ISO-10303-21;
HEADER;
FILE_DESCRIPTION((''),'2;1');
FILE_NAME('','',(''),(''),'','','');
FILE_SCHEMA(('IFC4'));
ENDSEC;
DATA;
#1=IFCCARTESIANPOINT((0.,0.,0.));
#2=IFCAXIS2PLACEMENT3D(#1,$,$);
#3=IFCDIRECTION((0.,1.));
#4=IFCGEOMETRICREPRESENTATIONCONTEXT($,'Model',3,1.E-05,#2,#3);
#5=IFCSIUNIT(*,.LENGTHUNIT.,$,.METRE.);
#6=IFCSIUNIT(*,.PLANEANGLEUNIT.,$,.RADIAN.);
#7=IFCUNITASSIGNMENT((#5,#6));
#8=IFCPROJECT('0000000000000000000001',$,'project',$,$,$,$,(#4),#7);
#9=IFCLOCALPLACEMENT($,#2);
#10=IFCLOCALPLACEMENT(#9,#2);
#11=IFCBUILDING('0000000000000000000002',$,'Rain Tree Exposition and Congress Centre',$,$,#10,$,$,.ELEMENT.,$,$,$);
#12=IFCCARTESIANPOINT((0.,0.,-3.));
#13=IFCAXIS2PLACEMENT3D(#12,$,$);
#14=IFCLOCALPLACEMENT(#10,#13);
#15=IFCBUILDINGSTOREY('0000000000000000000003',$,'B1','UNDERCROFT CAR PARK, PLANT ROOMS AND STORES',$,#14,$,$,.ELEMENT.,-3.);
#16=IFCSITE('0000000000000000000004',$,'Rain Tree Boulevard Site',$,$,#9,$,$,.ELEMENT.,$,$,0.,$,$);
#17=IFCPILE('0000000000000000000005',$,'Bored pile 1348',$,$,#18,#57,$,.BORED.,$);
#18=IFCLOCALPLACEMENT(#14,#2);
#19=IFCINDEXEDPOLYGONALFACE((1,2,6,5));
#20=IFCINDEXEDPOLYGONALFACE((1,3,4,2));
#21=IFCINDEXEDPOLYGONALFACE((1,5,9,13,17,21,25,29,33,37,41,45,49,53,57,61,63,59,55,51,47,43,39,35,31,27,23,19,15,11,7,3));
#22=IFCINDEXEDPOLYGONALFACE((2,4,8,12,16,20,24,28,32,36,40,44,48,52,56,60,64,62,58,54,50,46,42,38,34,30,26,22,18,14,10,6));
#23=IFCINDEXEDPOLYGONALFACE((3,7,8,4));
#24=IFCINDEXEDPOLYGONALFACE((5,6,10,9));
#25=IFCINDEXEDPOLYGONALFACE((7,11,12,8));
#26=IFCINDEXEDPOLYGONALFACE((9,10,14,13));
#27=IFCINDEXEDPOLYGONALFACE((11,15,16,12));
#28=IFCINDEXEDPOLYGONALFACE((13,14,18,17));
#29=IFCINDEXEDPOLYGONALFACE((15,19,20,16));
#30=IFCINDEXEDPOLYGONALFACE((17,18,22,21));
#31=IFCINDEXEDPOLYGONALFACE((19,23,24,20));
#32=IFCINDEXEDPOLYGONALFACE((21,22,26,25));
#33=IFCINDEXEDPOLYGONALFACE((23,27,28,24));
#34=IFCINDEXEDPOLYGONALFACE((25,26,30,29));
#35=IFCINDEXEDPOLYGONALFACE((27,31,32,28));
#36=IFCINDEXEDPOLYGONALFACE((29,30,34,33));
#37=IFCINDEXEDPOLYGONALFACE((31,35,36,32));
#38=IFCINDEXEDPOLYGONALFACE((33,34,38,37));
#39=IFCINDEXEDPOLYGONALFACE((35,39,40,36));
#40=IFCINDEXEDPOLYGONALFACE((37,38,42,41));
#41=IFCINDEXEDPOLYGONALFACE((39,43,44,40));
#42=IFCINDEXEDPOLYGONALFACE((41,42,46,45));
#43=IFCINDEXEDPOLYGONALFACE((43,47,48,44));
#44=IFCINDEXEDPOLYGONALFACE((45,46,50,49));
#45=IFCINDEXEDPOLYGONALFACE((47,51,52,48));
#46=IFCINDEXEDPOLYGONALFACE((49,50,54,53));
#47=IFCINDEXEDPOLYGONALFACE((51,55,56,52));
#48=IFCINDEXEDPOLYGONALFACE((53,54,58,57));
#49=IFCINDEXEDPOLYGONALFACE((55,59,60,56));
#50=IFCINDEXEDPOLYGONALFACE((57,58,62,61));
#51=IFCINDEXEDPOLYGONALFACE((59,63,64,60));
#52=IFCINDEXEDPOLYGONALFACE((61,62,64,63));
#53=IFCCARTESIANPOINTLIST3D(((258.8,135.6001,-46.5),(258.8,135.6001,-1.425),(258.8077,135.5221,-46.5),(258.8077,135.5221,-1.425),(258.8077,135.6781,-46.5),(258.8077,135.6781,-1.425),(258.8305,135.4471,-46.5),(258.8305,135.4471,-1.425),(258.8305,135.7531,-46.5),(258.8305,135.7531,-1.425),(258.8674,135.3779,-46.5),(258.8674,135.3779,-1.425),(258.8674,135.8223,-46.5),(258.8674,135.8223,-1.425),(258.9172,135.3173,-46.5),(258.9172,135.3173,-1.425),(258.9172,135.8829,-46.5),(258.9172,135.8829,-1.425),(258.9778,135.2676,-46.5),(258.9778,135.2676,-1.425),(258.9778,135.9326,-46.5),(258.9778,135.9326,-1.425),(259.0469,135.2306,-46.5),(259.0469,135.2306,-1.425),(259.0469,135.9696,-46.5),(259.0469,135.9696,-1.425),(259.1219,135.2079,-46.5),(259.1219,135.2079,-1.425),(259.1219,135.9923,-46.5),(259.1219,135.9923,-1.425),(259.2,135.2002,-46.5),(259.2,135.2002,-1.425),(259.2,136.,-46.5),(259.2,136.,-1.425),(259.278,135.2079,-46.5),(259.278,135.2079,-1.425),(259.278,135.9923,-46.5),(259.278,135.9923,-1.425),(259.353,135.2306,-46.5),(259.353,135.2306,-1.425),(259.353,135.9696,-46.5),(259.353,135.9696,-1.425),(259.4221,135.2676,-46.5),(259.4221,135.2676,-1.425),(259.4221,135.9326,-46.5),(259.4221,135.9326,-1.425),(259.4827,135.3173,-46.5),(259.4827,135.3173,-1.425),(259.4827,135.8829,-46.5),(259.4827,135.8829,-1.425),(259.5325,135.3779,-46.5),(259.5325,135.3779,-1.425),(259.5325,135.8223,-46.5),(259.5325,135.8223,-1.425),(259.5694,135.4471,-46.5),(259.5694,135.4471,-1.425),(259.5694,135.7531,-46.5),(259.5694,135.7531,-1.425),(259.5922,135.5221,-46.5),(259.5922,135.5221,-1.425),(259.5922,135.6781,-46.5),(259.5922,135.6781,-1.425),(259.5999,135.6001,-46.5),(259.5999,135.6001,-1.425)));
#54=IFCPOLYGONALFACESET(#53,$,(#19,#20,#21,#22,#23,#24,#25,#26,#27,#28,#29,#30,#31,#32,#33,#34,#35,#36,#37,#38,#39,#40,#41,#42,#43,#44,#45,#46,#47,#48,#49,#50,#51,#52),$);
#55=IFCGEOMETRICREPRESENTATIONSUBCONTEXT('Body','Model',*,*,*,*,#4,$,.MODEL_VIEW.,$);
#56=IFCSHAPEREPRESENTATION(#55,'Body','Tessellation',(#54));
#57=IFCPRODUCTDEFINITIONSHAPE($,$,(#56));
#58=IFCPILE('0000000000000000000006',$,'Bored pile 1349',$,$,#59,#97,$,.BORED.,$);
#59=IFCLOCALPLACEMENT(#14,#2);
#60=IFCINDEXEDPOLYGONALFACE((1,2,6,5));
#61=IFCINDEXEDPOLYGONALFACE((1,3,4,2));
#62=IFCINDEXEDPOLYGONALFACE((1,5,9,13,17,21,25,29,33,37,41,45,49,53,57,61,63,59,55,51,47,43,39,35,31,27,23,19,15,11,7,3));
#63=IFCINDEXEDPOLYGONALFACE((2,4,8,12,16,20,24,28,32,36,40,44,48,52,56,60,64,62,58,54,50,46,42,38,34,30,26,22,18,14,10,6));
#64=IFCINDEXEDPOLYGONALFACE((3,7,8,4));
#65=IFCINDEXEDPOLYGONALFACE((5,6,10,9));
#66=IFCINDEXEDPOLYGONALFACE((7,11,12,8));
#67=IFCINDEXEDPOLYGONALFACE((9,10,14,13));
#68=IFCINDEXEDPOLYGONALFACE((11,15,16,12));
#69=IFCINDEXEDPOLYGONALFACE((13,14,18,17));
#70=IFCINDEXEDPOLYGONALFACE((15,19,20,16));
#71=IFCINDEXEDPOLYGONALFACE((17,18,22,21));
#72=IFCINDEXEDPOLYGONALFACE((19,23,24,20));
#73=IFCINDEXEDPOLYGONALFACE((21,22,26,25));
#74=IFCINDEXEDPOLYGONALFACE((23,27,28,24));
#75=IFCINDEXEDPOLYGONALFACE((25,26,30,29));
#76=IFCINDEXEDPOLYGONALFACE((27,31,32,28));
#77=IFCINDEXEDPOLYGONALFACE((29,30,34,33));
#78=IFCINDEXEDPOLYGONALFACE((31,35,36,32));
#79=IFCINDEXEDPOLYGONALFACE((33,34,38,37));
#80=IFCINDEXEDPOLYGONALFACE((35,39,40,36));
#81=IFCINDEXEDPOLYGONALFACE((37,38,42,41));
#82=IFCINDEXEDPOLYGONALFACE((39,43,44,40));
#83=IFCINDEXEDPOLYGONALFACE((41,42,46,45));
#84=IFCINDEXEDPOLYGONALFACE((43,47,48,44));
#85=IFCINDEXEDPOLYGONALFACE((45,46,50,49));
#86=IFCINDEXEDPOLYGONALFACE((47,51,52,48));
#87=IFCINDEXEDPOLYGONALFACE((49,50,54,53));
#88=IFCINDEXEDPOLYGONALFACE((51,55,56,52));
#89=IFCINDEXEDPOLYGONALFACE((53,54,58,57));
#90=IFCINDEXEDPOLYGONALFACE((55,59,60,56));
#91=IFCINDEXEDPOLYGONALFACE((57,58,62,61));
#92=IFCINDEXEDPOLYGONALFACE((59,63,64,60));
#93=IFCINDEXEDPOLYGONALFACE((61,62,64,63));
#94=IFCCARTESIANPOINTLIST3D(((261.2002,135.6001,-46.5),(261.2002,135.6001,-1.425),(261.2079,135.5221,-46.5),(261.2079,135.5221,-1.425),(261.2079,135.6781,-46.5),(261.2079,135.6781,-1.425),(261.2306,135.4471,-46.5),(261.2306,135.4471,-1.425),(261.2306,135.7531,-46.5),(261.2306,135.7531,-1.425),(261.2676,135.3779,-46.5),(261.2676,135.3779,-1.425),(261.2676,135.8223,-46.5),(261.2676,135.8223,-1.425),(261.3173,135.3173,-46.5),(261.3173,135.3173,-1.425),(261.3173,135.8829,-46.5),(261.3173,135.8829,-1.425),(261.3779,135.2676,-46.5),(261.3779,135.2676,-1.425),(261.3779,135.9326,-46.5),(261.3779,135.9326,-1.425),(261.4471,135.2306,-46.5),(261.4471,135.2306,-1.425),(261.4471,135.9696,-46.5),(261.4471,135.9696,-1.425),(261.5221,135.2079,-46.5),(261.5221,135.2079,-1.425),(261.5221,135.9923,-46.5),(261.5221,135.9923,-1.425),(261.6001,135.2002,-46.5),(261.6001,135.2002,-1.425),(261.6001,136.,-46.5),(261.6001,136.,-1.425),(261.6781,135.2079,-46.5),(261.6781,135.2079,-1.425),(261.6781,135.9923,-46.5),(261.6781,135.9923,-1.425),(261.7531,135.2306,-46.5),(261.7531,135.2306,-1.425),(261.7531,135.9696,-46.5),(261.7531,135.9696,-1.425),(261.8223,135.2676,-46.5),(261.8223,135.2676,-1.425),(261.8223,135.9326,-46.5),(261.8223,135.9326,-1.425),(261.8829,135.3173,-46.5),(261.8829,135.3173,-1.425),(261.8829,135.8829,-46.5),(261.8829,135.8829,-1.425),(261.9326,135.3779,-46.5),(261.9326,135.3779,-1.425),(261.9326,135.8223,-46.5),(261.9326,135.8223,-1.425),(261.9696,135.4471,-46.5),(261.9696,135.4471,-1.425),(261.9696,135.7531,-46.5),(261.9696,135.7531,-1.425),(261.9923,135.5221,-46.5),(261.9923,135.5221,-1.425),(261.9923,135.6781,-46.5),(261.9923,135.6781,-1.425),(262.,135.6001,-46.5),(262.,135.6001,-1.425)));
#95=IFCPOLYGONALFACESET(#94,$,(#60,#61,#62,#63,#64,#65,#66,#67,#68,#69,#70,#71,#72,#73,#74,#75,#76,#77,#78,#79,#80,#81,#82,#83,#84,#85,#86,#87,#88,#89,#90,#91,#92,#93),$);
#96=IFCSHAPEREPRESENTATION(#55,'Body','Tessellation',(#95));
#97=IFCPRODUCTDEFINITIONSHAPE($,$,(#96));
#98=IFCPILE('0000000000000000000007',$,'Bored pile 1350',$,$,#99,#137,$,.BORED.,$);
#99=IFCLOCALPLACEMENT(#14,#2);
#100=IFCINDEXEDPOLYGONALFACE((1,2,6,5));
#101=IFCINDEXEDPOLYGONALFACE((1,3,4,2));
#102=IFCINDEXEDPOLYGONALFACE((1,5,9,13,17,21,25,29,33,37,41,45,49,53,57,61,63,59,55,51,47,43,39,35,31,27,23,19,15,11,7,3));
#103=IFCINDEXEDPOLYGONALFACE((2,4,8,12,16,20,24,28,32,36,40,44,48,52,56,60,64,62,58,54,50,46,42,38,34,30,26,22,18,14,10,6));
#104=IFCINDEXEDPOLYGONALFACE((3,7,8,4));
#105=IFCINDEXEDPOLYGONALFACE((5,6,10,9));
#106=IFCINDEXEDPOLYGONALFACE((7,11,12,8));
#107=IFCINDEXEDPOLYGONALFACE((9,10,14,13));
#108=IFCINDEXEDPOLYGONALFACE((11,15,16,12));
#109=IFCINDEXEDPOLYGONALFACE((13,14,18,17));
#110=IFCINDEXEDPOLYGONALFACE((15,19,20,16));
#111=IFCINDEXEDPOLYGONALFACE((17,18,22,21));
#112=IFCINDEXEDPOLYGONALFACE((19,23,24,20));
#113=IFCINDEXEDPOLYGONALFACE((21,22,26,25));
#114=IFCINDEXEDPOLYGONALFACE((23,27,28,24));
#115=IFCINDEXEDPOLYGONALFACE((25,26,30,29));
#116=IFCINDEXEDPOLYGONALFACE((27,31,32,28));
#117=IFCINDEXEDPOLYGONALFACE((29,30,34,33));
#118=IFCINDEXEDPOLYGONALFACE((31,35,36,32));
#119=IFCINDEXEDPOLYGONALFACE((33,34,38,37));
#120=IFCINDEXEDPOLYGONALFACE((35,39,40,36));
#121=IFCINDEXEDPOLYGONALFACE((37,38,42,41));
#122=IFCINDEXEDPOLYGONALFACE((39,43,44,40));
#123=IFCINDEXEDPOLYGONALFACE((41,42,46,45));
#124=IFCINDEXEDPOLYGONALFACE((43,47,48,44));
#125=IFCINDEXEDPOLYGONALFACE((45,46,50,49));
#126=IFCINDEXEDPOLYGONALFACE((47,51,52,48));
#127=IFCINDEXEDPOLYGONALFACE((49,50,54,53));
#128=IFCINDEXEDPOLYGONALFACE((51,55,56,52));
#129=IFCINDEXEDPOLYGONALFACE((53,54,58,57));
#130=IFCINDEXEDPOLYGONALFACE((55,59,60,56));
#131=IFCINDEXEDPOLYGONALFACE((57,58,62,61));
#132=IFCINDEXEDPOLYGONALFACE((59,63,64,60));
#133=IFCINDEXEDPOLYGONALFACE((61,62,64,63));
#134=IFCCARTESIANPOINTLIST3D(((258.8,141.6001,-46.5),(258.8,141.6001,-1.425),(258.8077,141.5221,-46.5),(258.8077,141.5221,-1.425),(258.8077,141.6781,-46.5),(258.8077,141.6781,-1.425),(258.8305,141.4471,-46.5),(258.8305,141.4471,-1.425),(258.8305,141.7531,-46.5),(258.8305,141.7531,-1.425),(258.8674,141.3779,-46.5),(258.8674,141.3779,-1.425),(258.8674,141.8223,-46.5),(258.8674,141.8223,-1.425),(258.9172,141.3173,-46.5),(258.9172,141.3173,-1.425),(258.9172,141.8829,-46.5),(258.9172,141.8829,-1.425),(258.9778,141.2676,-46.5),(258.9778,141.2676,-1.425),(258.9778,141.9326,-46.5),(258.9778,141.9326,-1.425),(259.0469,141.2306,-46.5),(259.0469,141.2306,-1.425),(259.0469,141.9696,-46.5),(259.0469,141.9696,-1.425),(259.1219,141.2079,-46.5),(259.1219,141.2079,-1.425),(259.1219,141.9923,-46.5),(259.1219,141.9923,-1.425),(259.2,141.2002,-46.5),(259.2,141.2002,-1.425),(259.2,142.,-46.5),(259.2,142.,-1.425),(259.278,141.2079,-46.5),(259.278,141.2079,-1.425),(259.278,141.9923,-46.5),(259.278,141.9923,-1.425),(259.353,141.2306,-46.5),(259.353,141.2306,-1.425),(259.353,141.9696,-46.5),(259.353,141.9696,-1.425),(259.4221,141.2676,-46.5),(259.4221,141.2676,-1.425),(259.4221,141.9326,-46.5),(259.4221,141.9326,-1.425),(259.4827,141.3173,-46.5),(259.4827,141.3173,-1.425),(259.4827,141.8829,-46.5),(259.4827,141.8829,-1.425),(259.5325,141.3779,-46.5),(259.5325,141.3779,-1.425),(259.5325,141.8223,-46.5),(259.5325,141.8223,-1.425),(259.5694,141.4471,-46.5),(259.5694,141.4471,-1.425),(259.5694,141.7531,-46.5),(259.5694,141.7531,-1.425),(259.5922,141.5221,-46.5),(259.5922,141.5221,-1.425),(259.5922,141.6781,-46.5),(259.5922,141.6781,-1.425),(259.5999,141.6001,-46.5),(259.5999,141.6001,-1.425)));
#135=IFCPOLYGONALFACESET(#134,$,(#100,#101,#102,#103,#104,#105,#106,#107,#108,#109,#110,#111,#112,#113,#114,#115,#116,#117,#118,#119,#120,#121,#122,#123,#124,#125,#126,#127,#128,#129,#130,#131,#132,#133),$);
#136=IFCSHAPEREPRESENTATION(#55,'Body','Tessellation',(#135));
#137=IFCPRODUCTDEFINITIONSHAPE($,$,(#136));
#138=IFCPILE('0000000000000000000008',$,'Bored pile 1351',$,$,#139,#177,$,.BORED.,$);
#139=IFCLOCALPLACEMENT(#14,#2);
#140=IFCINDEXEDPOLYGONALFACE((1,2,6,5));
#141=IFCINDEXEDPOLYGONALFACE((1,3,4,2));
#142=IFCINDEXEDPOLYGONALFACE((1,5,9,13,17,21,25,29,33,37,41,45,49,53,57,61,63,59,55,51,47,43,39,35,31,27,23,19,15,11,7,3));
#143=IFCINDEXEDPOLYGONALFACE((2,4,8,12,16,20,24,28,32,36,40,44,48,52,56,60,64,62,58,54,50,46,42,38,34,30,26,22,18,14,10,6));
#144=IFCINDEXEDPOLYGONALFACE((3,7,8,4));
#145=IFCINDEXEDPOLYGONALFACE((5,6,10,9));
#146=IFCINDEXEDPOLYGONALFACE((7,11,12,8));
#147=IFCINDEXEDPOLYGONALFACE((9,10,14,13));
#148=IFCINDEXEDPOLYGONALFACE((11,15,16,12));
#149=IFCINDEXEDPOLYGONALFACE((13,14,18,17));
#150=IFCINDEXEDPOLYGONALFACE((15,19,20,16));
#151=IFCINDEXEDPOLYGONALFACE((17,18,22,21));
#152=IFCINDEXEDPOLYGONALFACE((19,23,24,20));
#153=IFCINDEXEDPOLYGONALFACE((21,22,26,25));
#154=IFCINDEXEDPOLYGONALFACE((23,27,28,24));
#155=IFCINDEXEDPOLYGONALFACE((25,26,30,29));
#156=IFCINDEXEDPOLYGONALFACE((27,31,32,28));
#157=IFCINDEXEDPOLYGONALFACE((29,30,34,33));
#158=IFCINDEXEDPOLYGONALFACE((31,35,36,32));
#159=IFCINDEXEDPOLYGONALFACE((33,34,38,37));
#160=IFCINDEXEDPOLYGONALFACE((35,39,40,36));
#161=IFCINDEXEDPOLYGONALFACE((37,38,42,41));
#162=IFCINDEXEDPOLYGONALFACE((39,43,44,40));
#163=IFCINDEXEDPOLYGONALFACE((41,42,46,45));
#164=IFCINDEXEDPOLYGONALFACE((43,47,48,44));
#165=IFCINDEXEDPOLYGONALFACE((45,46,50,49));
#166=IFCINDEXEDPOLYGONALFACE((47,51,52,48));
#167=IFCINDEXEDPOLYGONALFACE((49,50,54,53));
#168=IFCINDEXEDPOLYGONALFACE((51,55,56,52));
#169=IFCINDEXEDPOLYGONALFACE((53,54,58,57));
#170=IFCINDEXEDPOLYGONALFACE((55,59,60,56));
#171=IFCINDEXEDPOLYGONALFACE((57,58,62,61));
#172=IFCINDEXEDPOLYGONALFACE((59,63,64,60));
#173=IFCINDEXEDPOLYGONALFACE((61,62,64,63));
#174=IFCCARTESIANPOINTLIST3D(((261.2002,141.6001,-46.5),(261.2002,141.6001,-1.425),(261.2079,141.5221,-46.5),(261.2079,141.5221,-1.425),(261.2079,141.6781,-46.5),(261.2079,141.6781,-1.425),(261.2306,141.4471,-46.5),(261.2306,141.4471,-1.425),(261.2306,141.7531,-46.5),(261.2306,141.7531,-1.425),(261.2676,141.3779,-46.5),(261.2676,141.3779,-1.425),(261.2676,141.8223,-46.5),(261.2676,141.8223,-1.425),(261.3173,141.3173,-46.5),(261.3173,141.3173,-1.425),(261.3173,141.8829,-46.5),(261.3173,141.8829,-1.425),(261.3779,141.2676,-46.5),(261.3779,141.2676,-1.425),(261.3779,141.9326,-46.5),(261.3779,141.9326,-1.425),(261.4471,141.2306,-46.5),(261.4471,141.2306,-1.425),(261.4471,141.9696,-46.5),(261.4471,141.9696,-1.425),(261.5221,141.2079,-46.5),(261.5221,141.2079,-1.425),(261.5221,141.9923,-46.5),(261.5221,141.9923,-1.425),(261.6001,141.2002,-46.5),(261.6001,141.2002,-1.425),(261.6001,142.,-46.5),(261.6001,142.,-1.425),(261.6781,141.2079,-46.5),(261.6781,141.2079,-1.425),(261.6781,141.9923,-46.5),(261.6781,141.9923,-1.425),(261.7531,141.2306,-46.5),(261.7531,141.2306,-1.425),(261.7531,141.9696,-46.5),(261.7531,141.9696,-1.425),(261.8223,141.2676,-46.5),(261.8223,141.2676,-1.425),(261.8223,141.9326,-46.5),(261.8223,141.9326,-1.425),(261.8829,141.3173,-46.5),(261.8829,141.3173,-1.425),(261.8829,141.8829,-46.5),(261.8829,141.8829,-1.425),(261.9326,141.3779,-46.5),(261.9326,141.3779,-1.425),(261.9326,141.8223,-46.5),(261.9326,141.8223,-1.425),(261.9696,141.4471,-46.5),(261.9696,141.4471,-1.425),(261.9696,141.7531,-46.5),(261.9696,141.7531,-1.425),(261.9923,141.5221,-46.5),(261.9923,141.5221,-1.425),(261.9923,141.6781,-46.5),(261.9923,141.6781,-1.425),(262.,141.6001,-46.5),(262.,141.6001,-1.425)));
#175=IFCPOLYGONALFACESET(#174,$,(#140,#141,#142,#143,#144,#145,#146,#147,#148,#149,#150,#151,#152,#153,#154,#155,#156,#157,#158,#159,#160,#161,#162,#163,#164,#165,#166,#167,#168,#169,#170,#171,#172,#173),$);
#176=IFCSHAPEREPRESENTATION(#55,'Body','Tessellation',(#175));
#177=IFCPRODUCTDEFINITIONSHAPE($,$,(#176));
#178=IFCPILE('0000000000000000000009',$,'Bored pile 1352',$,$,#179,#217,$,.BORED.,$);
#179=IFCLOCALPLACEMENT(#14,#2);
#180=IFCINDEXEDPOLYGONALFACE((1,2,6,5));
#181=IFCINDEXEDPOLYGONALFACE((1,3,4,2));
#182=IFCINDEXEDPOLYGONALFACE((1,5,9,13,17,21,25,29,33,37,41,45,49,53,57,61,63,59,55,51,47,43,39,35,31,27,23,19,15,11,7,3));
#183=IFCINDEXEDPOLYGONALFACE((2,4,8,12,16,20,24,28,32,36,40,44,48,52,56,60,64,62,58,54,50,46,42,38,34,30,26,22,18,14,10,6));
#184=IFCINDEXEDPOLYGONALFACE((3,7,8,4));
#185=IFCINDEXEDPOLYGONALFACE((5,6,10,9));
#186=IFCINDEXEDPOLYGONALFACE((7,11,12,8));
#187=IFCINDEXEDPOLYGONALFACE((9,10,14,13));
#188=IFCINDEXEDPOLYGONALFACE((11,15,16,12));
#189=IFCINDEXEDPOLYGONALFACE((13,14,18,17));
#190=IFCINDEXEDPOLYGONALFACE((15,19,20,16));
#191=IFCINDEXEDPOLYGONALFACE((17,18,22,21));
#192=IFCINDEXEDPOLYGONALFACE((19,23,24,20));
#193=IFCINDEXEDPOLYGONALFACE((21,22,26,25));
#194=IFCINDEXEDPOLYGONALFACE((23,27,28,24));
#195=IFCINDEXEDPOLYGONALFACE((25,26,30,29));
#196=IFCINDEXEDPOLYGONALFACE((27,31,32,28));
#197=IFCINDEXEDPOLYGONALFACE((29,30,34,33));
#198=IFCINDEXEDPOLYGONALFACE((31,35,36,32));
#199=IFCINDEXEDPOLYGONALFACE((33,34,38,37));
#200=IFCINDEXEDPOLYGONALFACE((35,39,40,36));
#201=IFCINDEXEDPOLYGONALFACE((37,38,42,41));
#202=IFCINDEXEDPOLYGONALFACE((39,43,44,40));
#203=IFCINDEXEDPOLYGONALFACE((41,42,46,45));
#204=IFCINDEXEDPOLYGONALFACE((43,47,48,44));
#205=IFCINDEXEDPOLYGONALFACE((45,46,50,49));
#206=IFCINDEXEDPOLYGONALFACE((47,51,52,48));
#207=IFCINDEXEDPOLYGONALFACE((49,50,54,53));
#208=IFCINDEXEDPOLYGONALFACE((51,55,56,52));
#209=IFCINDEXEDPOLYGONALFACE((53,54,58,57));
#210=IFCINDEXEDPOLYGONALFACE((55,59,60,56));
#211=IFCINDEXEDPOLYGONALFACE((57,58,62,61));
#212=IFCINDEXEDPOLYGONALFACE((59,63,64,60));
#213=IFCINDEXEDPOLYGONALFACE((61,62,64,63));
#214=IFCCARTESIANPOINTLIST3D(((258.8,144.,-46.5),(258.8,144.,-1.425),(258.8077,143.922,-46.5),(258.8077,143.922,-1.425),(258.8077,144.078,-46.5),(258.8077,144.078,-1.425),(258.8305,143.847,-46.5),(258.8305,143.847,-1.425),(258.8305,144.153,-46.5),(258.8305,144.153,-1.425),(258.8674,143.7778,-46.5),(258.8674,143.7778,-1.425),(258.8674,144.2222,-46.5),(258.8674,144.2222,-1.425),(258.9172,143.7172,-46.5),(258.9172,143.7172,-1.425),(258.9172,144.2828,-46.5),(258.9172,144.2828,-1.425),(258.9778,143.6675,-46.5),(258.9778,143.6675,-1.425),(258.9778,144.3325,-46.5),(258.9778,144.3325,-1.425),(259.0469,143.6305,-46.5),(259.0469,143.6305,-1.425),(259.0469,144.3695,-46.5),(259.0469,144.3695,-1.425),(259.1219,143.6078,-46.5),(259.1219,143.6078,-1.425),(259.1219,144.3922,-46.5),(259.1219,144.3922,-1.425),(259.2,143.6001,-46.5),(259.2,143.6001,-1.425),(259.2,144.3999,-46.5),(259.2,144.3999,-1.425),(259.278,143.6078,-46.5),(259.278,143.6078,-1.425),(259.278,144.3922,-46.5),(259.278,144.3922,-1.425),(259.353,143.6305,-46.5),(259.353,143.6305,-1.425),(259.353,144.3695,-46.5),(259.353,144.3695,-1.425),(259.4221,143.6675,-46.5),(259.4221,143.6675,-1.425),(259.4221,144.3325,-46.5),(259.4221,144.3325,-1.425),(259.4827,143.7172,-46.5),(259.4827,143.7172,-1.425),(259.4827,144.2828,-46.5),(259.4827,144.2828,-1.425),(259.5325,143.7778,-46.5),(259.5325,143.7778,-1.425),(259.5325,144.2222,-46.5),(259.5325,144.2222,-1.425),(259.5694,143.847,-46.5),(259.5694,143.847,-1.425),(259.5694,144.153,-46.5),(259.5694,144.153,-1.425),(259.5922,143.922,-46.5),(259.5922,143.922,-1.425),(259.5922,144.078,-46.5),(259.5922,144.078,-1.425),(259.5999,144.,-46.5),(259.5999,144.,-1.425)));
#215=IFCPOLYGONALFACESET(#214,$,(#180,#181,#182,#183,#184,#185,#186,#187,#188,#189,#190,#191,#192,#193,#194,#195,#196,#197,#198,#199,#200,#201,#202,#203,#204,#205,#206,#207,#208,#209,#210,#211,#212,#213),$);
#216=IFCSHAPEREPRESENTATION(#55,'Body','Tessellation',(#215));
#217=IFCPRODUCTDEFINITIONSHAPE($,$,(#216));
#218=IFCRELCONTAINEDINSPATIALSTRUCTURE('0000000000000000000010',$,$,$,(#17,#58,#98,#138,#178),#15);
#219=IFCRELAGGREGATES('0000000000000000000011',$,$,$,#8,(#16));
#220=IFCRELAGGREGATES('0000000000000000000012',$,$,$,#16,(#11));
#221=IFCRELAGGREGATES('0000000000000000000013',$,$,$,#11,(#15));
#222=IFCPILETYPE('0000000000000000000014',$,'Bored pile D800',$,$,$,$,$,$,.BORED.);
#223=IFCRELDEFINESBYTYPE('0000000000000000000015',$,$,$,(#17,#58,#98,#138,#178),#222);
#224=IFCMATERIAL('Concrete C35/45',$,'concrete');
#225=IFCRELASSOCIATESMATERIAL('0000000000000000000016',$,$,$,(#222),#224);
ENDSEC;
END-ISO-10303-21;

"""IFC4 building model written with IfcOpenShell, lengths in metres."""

from ifc_helpers import new_model, si_unit, direction, frame, origin, origin_2d, place, context, subcontext, project, spatial, circle, extrude, material, material_profile, profile_set, type_object, element, save


model = new_model("IFC4")

# Units and contexts
model_context = context("Model", 3, precision=1e-05, world=origin(), true_north=direction((0.0, 1.0)))
body_context = subcontext(model_context, "Body", "Model", "MODEL_VIEW")
ifc_project = project(units=[si_unit("LENGTHUNIT", "METRE"), si_unit("PLANEANGLEUNIT", "RADIAN")], contexts=[model_context])

# Site, building, storey
site_placement = place(None, origin())
site = spatial("IfcSite", under=ifc_project, at=site_placement, Name="Rain Tree Boulevard Site", CompositionType="ELEMENT", RefElevation=0.0)
building_placement = place(site_placement, origin())
building = spatial("IfcBuilding", under=site, at=building_placement, Name="Rain Tree Exposition and Congress Centre", CompositionType="ELEMENT")
storey_placement = place(building_placement, frame((0.0, 0.0, -3.0)))
storey = spatial("IfcBuildingStorey", under=building, at=storey_placement, Name="B1", Description="UNDERCROFT CAR PARK, PLANT ROOMS AND STORES", CompositionType="ELEMENT", Elevation=-3.0)

# Piles
ifc_material_1 = material(Name="Concrete C35/45", Category="concrete")
ifc_material_profile_1 = material_profile(ifc_material_1, circle(Radius=0.3999, at=origin_2d()), Name="D800")
ifc_profile_set_1 = profile_set([ifc_material_profile_1], Name="Concrete C35/45")
pile_type_1 = type_object("IfcPileType", Name="Bored pile D800", PredefinedType="BORED", material=ifc_profile_set_1)
for number, where, z_axis, x_axis, name in (
    (1, (259.2, 135.6001, -1.425), (0.0, 0.0, -1.0), (1.0, 0.0, 0.0), "Bored pile 1348"),
    (2, (261.6001, 135.6001, -1.425), (0.0, 0.0, -1.0), (1.0, 0.0, 0.0), "Bored pile 1349"),
    (3, (259.2, 141.6001, -1.425), (0.0, 0.0, -1.0), (1.0, 0.0, 0.0), "Bored pile 1350"),
    (4, (261.6001, 141.6001, -1.425), (0.0, 0.0, -1.0), (1.0, 0.0, 0.0), "Bored pile 1351"),
    (5, (259.2, 144.0, -1.425), (0.0, 0.0, -1.0), (1.0, 0.0, 0.0), "Bored pile 1352"),
):
    element("IfcPile", number, at=place(storey_placement, frame(where, z_axis=z_axis, x_axis=x_axis)), inside=storey, type_object=pile_type_1, Name=name, PredefinedType="BORED", context=body_context, shape_type="SweptSolid", body=[
        extrude(circle(Radius=0.3999, at=origin_2d()), origin(), (0.0, 0.0, 1.0), 45.075),
    ])

save(model, "model.ifc")
